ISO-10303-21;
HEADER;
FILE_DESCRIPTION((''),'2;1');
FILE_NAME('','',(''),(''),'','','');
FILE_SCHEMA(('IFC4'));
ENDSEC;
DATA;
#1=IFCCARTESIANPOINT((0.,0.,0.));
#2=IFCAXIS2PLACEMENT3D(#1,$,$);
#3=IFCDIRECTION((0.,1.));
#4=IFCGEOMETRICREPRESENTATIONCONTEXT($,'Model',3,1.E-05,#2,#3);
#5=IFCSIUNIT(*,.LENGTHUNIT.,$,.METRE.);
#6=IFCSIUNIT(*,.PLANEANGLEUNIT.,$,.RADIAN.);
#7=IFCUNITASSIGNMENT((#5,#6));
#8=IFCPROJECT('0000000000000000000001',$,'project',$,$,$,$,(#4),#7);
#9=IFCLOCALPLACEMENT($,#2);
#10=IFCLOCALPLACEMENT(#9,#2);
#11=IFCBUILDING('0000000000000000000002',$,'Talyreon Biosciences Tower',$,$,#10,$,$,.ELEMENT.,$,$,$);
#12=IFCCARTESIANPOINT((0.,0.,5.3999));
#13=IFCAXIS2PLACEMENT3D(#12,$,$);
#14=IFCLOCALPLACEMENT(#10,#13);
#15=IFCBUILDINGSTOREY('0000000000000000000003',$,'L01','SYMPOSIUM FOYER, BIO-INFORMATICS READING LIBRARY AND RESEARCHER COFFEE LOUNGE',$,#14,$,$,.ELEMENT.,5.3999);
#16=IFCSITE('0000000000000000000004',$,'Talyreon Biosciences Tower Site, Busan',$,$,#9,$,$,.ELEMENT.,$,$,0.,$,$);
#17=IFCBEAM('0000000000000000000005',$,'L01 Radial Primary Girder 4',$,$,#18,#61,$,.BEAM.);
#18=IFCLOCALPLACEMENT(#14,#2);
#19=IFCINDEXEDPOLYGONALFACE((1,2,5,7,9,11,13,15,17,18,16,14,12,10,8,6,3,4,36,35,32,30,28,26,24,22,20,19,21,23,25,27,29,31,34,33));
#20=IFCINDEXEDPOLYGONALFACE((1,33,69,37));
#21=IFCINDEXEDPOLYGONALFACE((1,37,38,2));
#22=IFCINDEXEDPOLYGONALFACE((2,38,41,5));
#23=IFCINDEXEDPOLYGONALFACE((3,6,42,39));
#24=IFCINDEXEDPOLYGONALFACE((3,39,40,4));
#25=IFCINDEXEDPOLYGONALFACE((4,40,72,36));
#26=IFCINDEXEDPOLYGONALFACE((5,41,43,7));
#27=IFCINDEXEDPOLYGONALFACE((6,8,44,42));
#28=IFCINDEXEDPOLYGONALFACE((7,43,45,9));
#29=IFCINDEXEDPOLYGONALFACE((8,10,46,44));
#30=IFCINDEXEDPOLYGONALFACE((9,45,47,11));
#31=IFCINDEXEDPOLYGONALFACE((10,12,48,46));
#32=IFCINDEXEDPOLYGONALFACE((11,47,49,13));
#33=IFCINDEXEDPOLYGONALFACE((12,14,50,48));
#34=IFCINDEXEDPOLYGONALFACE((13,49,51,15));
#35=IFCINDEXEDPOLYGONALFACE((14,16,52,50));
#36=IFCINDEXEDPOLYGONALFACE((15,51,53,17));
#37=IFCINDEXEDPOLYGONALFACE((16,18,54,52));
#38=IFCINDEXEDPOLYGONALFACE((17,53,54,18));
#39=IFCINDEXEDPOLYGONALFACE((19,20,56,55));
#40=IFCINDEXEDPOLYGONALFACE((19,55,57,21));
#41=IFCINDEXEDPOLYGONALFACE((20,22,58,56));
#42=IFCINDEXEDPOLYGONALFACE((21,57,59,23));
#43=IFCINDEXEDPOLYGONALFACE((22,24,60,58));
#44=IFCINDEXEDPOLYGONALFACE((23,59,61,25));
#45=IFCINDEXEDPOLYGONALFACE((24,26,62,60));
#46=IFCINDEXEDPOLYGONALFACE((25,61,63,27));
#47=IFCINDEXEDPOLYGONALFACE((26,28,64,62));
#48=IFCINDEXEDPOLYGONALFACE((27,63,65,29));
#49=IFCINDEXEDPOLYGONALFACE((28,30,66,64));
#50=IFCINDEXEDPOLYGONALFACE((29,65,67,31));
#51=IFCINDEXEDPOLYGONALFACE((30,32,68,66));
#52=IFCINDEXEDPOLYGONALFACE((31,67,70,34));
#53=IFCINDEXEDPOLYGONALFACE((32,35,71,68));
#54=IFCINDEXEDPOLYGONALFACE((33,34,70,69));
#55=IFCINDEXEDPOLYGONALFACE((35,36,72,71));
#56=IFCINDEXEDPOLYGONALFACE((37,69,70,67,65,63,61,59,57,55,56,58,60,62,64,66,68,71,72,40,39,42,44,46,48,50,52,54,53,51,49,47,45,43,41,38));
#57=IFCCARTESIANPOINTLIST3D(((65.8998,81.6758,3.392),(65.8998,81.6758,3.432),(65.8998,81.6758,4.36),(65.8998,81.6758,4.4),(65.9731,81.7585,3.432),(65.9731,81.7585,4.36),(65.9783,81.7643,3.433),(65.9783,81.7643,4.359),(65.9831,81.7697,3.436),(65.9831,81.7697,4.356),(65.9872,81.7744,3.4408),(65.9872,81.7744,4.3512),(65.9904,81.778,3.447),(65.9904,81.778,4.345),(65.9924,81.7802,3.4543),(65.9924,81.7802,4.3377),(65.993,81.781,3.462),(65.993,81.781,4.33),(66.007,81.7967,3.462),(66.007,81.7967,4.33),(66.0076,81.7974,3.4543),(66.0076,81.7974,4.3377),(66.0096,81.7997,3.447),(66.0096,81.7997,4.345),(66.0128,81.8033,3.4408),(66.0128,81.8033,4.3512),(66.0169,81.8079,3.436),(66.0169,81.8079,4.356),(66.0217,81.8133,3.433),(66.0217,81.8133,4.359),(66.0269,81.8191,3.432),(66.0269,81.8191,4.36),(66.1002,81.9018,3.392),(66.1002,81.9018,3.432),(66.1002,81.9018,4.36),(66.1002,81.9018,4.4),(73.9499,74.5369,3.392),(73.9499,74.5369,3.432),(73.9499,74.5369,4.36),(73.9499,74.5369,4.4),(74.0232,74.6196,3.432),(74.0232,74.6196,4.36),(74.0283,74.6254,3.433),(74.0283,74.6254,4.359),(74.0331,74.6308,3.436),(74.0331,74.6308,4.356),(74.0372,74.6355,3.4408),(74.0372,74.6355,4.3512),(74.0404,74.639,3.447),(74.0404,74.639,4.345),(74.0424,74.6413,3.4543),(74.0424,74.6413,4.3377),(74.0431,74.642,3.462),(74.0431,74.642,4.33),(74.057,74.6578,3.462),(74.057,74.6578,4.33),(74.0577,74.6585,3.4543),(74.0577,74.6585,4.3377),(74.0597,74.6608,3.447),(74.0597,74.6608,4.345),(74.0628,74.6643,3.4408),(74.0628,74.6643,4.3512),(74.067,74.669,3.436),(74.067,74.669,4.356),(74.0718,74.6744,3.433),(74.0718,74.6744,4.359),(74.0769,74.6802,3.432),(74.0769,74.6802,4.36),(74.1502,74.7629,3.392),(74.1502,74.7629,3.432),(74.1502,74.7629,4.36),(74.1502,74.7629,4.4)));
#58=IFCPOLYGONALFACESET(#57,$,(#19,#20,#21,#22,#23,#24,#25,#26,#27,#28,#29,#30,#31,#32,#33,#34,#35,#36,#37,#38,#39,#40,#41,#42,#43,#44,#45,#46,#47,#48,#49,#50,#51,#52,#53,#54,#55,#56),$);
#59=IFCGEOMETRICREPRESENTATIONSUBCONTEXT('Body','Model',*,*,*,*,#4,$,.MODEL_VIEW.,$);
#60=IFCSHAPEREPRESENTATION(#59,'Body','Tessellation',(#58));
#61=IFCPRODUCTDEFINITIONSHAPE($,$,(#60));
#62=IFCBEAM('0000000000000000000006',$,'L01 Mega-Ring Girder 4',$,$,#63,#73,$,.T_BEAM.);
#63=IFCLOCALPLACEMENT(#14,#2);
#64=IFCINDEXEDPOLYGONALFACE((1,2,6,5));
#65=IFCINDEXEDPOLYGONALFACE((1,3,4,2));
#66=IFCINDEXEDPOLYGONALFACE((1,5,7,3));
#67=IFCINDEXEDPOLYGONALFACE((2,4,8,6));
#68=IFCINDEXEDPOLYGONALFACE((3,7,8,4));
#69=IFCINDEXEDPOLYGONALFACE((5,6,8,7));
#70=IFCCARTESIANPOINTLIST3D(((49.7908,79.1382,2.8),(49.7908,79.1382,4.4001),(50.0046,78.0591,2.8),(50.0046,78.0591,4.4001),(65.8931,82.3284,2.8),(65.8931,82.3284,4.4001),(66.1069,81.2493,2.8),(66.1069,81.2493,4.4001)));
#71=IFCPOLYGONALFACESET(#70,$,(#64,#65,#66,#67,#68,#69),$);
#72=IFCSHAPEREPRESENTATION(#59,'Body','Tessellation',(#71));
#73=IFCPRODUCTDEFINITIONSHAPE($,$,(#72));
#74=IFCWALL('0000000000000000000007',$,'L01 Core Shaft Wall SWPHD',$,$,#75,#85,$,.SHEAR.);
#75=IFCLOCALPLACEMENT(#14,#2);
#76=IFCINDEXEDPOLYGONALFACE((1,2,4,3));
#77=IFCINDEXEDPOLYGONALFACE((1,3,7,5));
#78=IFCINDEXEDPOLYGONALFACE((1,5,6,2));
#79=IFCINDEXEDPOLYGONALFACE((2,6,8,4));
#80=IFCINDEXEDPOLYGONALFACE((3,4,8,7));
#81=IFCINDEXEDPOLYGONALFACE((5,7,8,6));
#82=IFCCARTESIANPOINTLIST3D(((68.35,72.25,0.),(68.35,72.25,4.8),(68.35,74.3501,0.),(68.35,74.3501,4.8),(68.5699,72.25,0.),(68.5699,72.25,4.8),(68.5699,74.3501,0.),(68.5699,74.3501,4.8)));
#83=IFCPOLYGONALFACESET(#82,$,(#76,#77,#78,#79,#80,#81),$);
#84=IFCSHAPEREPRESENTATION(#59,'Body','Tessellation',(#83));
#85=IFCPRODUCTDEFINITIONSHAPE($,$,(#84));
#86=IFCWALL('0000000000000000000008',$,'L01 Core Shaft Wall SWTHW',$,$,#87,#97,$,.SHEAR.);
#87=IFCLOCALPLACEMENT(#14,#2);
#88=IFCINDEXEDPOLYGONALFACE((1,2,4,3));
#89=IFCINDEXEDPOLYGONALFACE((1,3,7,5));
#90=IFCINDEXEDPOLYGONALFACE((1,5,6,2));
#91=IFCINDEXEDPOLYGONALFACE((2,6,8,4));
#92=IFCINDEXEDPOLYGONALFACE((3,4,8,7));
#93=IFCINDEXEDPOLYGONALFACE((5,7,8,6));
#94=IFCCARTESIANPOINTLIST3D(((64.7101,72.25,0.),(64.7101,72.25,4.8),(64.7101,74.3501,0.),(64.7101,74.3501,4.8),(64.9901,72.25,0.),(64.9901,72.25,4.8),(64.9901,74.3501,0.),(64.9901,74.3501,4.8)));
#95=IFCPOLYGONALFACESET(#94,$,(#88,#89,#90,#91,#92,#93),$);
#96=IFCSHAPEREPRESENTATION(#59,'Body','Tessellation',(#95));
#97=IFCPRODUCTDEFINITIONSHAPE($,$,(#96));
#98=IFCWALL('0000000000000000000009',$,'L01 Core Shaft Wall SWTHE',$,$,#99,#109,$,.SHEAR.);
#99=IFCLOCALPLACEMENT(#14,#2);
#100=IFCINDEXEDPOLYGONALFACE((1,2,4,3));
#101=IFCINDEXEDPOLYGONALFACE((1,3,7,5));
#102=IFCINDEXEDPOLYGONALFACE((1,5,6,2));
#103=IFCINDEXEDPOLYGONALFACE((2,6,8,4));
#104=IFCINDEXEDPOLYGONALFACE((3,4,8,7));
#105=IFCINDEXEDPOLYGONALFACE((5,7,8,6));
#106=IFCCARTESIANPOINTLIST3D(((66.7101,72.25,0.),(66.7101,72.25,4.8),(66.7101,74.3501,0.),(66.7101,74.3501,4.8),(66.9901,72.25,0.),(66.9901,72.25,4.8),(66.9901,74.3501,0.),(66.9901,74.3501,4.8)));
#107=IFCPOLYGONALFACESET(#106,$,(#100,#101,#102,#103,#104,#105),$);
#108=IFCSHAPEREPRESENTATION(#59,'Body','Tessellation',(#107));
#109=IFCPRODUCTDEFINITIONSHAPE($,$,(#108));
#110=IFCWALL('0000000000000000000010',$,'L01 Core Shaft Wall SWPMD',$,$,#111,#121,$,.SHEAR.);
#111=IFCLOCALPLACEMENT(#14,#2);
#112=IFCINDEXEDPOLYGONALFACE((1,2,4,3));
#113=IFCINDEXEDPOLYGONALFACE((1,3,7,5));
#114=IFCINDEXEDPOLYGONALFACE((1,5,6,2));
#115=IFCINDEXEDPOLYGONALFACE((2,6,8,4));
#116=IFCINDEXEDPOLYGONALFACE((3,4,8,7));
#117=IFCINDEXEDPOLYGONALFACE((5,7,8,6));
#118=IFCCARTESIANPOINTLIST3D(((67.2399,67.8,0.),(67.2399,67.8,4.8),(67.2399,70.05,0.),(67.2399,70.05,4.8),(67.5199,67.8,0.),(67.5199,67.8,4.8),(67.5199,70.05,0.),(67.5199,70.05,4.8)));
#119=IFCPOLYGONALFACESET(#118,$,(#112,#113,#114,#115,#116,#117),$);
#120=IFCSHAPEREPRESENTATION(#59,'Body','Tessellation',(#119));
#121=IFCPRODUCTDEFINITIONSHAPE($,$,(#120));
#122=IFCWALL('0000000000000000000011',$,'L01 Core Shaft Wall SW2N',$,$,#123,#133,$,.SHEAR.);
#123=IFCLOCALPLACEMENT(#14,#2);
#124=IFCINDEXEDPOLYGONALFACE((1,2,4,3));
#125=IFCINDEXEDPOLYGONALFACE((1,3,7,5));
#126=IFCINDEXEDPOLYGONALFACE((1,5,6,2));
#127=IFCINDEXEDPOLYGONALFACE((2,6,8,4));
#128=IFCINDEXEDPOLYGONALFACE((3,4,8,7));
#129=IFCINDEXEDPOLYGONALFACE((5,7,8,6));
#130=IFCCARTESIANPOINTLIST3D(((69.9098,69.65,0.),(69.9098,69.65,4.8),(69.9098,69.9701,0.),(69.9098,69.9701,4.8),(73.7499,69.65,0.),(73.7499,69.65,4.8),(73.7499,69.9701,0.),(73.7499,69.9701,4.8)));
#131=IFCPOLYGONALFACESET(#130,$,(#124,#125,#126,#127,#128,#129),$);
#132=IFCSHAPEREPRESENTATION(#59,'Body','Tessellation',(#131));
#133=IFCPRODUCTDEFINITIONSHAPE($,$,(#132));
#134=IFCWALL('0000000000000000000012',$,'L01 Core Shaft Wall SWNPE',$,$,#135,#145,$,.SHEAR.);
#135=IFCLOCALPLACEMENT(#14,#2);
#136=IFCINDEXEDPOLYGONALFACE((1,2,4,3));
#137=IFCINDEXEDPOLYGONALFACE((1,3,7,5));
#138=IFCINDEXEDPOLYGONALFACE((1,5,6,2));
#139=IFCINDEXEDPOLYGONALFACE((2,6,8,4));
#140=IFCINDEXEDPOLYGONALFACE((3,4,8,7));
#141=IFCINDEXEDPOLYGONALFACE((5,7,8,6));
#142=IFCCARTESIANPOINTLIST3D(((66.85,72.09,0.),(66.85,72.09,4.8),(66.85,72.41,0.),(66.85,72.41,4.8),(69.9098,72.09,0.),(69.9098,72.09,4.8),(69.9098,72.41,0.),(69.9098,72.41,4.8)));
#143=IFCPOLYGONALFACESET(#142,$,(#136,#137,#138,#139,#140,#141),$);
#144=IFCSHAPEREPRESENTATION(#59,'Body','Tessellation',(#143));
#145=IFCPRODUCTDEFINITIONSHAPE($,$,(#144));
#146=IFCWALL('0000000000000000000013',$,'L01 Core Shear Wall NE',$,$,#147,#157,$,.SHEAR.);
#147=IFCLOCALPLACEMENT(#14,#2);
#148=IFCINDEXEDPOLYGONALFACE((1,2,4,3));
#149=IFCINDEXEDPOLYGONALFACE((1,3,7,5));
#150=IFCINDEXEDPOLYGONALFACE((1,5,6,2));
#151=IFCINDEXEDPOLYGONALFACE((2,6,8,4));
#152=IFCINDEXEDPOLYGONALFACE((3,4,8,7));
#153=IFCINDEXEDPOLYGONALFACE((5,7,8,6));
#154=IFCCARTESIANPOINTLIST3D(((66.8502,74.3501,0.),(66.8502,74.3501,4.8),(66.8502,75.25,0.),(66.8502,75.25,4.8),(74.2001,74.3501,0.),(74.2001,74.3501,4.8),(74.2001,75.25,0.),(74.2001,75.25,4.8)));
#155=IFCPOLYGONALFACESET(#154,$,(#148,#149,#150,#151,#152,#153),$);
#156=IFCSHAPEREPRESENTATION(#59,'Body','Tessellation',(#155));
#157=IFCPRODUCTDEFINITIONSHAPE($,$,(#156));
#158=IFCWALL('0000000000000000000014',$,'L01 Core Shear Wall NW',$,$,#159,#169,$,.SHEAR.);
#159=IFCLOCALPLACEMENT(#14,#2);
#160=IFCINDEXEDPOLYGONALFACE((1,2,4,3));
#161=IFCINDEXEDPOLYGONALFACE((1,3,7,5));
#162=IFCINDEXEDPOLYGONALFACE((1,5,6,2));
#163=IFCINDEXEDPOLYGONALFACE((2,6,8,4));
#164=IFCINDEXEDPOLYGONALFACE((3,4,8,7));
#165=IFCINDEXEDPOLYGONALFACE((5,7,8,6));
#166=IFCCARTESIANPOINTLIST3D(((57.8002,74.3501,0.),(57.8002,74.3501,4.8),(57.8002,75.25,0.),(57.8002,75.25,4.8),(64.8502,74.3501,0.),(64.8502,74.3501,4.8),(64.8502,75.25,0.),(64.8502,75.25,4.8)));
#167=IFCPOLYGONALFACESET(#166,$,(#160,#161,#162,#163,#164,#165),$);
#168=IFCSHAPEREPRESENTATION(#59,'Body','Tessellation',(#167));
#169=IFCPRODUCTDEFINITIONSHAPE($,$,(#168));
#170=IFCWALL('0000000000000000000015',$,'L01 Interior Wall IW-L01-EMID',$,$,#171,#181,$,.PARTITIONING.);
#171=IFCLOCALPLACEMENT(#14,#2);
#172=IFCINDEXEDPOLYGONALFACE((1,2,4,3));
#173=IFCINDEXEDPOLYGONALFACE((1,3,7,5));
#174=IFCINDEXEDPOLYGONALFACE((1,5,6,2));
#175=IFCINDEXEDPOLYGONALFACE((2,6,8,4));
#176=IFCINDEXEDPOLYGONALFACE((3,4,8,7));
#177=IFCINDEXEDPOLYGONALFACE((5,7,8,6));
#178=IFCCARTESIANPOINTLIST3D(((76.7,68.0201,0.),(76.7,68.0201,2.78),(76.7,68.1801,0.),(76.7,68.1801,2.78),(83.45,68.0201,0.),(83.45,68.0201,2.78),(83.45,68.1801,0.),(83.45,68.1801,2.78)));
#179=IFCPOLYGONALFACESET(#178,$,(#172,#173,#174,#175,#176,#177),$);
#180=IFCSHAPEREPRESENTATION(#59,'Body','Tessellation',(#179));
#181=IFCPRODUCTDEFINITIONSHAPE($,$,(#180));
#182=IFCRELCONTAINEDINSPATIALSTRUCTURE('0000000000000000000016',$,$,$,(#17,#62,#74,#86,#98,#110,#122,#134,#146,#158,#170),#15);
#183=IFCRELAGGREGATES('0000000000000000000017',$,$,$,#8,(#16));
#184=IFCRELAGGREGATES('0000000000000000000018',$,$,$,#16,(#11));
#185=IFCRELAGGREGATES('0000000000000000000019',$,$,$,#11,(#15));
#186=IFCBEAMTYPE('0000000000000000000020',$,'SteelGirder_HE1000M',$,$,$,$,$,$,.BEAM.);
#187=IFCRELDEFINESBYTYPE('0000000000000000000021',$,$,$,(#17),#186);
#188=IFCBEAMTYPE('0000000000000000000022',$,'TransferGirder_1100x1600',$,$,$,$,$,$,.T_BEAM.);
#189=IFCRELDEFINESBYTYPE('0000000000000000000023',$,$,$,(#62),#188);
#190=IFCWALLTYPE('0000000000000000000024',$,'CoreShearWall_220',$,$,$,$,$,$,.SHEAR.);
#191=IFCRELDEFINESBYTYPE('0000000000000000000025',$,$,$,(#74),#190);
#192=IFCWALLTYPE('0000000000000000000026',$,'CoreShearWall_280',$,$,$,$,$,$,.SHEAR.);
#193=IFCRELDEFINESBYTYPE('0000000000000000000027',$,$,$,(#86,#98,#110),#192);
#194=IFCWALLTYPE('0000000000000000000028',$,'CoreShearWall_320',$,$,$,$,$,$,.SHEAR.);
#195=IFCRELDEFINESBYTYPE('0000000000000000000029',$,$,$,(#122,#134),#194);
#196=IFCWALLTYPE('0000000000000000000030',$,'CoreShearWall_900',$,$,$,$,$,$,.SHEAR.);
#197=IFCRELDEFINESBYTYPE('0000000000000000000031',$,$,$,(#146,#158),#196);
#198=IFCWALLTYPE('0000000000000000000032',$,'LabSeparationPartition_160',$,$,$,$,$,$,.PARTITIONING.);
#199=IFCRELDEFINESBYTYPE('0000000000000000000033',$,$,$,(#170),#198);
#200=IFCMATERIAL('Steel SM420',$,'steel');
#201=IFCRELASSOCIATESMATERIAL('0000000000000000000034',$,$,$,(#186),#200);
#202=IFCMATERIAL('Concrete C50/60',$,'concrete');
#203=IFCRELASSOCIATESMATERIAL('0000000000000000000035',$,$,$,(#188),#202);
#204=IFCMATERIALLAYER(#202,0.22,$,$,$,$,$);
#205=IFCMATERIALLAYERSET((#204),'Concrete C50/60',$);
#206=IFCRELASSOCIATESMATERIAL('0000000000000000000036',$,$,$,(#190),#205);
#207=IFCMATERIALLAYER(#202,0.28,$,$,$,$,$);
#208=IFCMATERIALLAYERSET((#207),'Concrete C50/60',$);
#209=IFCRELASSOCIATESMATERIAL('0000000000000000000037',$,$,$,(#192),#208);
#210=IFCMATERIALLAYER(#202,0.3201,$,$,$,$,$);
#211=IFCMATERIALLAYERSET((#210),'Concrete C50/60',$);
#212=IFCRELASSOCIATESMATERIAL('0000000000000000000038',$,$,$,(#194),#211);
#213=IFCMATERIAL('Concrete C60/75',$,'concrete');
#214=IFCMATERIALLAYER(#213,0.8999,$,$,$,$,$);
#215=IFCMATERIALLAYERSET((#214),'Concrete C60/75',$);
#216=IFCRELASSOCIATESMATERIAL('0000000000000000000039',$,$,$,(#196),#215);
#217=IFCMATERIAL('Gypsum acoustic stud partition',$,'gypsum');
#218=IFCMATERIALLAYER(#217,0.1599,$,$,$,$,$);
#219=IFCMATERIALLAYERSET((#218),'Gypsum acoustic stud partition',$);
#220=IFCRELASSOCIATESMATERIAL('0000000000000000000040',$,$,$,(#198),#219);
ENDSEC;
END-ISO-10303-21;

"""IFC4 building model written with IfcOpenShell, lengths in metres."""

from ifc_helpers import new_model, si_unit, direction, frame, frame_2d, origin, origin_2d, place, context, subcontext, project, spatial, rectangle, i_section, extrude, material, layer, layer_set, material_profile, profile_set, type_object, element, save


model = new_model("IFC4")

# Units and contexts
model_context = context("Model", 3, precision=1e-05, world=origin(), true_north=direction((0.0, 1.0)))
body_context = subcontext(model_context, "Body", "Model", "MODEL_VIEW")
ifc_project = project(units=[si_unit("LENGTHUNIT", "METRE"), si_unit("PLANEANGLEUNIT", "RADIAN")], contexts=[model_context])

# Site, building, storey
site_placement = place(None, origin())
site = spatial("IfcSite", under=ifc_project, at=site_placement, Name="Talyreon Biosciences Tower Site, Busan", CompositionType="ELEMENT", RefElevation=0.0)
building_placement = place(site_placement, origin())
building = spatial("IfcBuilding", under=site, at=building_placement, Name="Talyreon Biosciences Tower", CompositionType="ELEMENT")
storey_placement = place(building_placement, frame((0.0, 0.0, 5.3999)))
storey = spatial("IfcBuildingStorey", under=building, at=storey_placement, Name="L01", Description="SYMPOSIUM FOYER, BIO-INFORMATICS READING LIBRARY AND RESEARCHER COFFEE LOUNGE", CompositionType="ELEMENT", Elevation=5.3999)

# Shared definitions
ifc_material_1 = material(Name="Concrete C60/75", Category="concrete")

# Beams
ifc_material_2 = material(Name="Concrete C50/60", Category="concrete")
ifc_material_3 = material(Name="Steel SM420", Category="steel")
ifc_material_profile_1 = material_profile(ifc_material_3, i_section(OverallWidth=0.302, OverallDepth=1.0081, WebThickness=0.021, FlangeThickness=0.04, FilletRadius=0.03, at=origin_2d()), Name="HE1000M")
ifc_profile_set_1 = profile_set([ifc_material_profile_1], Name="Steel SM420")
beam_type_1 = type_object("IfcBeamType", Name="SteelGirder_HE1000M", PredefinedType="BEAM", material=ifc_profile_set_1)
beam_1_placement = place(storey_placement, frame((74.05, 74.6499, 3.896), z_axis=(-0.748179, 0.663497, 0.0), x_axis=(-0.663497, -0.748179, 0.0)))
element("IfcBeam", 1, at=beam_1_placement, inside=storey, type_object=beam_type_1, Name="L01 Radial Primary Girder 4", PredefinedType="BEAM", context=body_context, shape_type="SweptSolid", body=[
    extrude(i_section(OverallWidth=0.302, OverallDepth=1.0081, WebThickness=0.021, FlangeThickness=0.04, FilletRadius=0.03, at=origin_2d()), origin(), (0.0, 0.0, 1.0), 10.7595),
])
ifc_material_profile_2 = material_profile(ifc_material_2, rectangle(XDim=1.1001, YDim=1.6001, at=origin_2d()), Name="RCB 1100x1600")
ifc_profile_set_2 = profile_set([ifc_material_profile_2], Name="Concrete C50/60")
beam_type_2 = type_object("IfcBeamType", Name="TransferGirder_1100x1600", PredefinedType="T_BEAM", material=ifc_profile_set_2)
beam_2_placement = place(storey_placement, frame((66.0, 81.7888, 3.6001), z_axis=(-0.980934, -0.194343, 0.0), x_axis=(0.194343, -0.980934, 0.0)))
element("IfcBeam", 2, at=beam_2_placement, inside=storey, type_object=beam_type_2, Name="L01 Mega-Ring Girder 4", PredefinedType="T_BEAM", context=body_context, shape_type="SweptSolid", body=[
    extrude(rectangle(XDim=1.1001, YDim=1.6001, at=origin_2d()), origin(), (0.0, 0.0, 1.0), 16.4153),
])

# Walls
ifc_layer_1 = layer(ifc_material_2, 0.22)
ifc_layer_set_1 = layer_set([ifc_layer_1], Name="Concrete C50/60")
wall_type_1 = type_object("IfcWallType", Name="CoreShearWall_220", PredefinedType="SHEAR", material=ifc_layer_set_1)
wall_1_placement = place(storey_placement, frame((68.46, 72.25, 0.0), z_axis=(0.0, 0.0, 1.0), x_axis=(0.0, 1.0, 0.0)))
element("IfcWall", 3, at=wall_1_placement, inside=storey, type_object=wall_type_1, Name="L01 Core Shaft Wall SWPHD", PredefinedType="SHEAR", context=body_context, shape_type="SweptSolid", body=[
    extrude(rectangle(XDim=2.1001, YDim=0.22, at=frame_2d((1.05, 0.0))), origin(), (0.0, 0.0, 1.0), 4.8),
])
ifc_layer_2 = layer(ifc_material_2, 0.28)
ifc_layer_set_2 = layer_set([ifc_layer_2], Name="Concrete C50/60")
wall_type_2 = type_object("IfcWallType", Name="CoreShearWall_280", PredefinedType="SHEAR", material=ifc_layer_set_2)
for number, where, z_axis, x_axis, name in (
    (4, (64.8501, 72.25, 0.0), (0.0, 0.0, 1.0), (0.0, 1.0, 0.0), "L01 Core Shaft Wall SWTHW"),
    (5, (66.8501, 72.25, 0.0), (0.0, 0.0, 1.0), (0.0, 1.0, 0.0), "L01 Core Shaft Wall SWTHE"),
):
    element("IfcWall", number, at=place(storey_placement, frame(where, z_axis=z_axis, x_axis=x_axis)), inside=storey, type_object=wall_type_2, Name=name, PredefinedType="SHEAR", context=body_context, shape_type="SweptSolid", body=[
        extrude(rectangle(XDim=2.1001, YDim=0.28, at=frame_2d((1.05, 0.0))), origin(), (0.0, 0.0, 1.0), 4.8),
    ])
wall_2_placement = place(storey_placement, frame((67.3799, 67.8, 0.0), z_axis=(0.0, 0.0, 1.0), x_axis=(0.0, 1.0, 0.0)))
element("IfcWall", 6, at=wall_2_placement, inside=storey, type_object=wall_type_2, Name="L01 Core Shaft Wall SWPMD", PredefinedType="SHEAR", context=body_context, shape_type="SweptSolid", body=[
    extrude(rectangle(XDim=2.25, YDim=0.28, at=frame_2d((1.125, 0.0))), origin(), (0.0, 0.0, 1.0), 4.8),
])
ifc_layer_3 = layer(ifc_material_2, 0.3201)
ifc_layer_set_3 = layer_set([ifc_layer_3], Name="Concrete C50/60")
wall_type_3 = type_object("IfcWallType", Name="CoreShearWall_320", PredefinedType="SHEAR", material=ifc_layer_set_3)
wall_3_placement = place(storey_placement, frame((69.9099, 69.8101, 0.0), z_axis=(0.0, 0.0, 1.0), x_axis=(1.0, 0.0, 0.0)))
element("IfcWall", 7, at=wall_3_placement, inside=storey, type_object=wall_type_3, Name="L01 Core Shaft Wall SW2N", PredefinedType="SHEAR", context=body_context, shape_type="SweptSolid", body=[
    extrude(rectangle(XDim=3.8401, YDim=0.3201, at=frame_2d((1.9199, 0.0))), origin(), (0.0, 0.0, 1.0), 4.8),
])
wall_4_placement = place(storey_placement, frame((66.8501, 72.25, 0.0), z_axis=(0.0, 0.0, 1.0), x_axis=(1.0, 0.0, 0.0)))
element("IfcWall", 8, at=wall_4_placement, inside=storey, type_object=wall_type_3, Name="L01 Core Shaft Wall SWNPE", PredefinedType="SHEAR", context=body_context, shape_type="SweptSolid", body=[
    extrude(rectangle(XDim=3.0598, YDim=0.3201, at=frame_2d((1.5298, 0.0))), origin(), (0.0, 0.0, 1.0), 4.8),
])
ifc_layer_4 = layer(ifc_material_1, 0.8999)
ifc_layer_set_4 = layer_set([ifc_layer_4], Name="Concrete C60/75")
wall_type_4 = type_object("IfcWallType", Name="CoreShearWall_900", PredefinedType="SHEAR", material=ifc_layer_set_4)
wall_5_placement = place(storey_placement, frame((74.2, 74.8, 0.0), z_axis=(0.0, 0.0, 1.0), x_axis=(-1.0, 0.0, 0.0)))
element("IfcWall", 9, at=wall_5_placement, inside=storey, type_object=wall_type_4, Name="L01 Core Shear Wall NE", PredefinedType="SHEAR", context=body_context, shape_type="SweptSolid", body=[
    extrude(rectangle(XDim=7.3499, YDim=0.8999, at=frame_2d((3.6748, 0.0))), origin(), (0.0, 0.0, 1.0), 4.8),
])
wall_6_placement = place(storey_placement, frame((64.8501, 74.8, 0.0), z_axis=(0.0, 0.0, 1.0), x_axis=(-1.0, 0.0, 0.0)))
element("IfcWall", 10, at=wall_6_placement, inside=storey, type_object=wall_type_4, Name="L01 Core Shear Wall NW", PredefinedType="SHEAR", context=body_context, shape_type="SweptSolid", body=[
    extrude(rectangle(XDim=7.05, YDim=0.8999, at=frame_2d((3.5249, 0.0))), origin(), (0.0, 0.0, 1.0), 4.8),
])
ifc_material_4 = material(Name="Gypsum acoustic stud partition", Category="gypsum")
ifc_layer_5 = layer(ifc_material_4, 0.1599)
ifc_layer_set_5 = layer_set([ifc_layer_5], Name="Gypsum acoustic stud partition")
wall_type_5 = type_object("IfcWallType", Name="LabSeparationPartition_160", PredefinedType="PARTITIONING", material=ifc_layer_set_5)
wall_7_placement = place(storey_placement, frame((76.7, 68.1001, 0.0), z_axis=(0.0, 0.0, 1.0), x_axis=(1.0, 0.0, 0.0)))
element("IfcWall", 11, at=wall_7_placement, inside=storey, type_object=wall_type_5, Name="L01 Interior Wall IW-L01-EMID", PredefinedType="PARTITIONING", context=body_context, shape_type="SweptSolid", body=[
    extrude(rectangle(XDim=6.75, YDim=0.1599, at=frame_2d((3.375, 0.0))), origin(), (0.0, 0.0, 1.0), 2.78),
])

save(model, "model.ifc")
